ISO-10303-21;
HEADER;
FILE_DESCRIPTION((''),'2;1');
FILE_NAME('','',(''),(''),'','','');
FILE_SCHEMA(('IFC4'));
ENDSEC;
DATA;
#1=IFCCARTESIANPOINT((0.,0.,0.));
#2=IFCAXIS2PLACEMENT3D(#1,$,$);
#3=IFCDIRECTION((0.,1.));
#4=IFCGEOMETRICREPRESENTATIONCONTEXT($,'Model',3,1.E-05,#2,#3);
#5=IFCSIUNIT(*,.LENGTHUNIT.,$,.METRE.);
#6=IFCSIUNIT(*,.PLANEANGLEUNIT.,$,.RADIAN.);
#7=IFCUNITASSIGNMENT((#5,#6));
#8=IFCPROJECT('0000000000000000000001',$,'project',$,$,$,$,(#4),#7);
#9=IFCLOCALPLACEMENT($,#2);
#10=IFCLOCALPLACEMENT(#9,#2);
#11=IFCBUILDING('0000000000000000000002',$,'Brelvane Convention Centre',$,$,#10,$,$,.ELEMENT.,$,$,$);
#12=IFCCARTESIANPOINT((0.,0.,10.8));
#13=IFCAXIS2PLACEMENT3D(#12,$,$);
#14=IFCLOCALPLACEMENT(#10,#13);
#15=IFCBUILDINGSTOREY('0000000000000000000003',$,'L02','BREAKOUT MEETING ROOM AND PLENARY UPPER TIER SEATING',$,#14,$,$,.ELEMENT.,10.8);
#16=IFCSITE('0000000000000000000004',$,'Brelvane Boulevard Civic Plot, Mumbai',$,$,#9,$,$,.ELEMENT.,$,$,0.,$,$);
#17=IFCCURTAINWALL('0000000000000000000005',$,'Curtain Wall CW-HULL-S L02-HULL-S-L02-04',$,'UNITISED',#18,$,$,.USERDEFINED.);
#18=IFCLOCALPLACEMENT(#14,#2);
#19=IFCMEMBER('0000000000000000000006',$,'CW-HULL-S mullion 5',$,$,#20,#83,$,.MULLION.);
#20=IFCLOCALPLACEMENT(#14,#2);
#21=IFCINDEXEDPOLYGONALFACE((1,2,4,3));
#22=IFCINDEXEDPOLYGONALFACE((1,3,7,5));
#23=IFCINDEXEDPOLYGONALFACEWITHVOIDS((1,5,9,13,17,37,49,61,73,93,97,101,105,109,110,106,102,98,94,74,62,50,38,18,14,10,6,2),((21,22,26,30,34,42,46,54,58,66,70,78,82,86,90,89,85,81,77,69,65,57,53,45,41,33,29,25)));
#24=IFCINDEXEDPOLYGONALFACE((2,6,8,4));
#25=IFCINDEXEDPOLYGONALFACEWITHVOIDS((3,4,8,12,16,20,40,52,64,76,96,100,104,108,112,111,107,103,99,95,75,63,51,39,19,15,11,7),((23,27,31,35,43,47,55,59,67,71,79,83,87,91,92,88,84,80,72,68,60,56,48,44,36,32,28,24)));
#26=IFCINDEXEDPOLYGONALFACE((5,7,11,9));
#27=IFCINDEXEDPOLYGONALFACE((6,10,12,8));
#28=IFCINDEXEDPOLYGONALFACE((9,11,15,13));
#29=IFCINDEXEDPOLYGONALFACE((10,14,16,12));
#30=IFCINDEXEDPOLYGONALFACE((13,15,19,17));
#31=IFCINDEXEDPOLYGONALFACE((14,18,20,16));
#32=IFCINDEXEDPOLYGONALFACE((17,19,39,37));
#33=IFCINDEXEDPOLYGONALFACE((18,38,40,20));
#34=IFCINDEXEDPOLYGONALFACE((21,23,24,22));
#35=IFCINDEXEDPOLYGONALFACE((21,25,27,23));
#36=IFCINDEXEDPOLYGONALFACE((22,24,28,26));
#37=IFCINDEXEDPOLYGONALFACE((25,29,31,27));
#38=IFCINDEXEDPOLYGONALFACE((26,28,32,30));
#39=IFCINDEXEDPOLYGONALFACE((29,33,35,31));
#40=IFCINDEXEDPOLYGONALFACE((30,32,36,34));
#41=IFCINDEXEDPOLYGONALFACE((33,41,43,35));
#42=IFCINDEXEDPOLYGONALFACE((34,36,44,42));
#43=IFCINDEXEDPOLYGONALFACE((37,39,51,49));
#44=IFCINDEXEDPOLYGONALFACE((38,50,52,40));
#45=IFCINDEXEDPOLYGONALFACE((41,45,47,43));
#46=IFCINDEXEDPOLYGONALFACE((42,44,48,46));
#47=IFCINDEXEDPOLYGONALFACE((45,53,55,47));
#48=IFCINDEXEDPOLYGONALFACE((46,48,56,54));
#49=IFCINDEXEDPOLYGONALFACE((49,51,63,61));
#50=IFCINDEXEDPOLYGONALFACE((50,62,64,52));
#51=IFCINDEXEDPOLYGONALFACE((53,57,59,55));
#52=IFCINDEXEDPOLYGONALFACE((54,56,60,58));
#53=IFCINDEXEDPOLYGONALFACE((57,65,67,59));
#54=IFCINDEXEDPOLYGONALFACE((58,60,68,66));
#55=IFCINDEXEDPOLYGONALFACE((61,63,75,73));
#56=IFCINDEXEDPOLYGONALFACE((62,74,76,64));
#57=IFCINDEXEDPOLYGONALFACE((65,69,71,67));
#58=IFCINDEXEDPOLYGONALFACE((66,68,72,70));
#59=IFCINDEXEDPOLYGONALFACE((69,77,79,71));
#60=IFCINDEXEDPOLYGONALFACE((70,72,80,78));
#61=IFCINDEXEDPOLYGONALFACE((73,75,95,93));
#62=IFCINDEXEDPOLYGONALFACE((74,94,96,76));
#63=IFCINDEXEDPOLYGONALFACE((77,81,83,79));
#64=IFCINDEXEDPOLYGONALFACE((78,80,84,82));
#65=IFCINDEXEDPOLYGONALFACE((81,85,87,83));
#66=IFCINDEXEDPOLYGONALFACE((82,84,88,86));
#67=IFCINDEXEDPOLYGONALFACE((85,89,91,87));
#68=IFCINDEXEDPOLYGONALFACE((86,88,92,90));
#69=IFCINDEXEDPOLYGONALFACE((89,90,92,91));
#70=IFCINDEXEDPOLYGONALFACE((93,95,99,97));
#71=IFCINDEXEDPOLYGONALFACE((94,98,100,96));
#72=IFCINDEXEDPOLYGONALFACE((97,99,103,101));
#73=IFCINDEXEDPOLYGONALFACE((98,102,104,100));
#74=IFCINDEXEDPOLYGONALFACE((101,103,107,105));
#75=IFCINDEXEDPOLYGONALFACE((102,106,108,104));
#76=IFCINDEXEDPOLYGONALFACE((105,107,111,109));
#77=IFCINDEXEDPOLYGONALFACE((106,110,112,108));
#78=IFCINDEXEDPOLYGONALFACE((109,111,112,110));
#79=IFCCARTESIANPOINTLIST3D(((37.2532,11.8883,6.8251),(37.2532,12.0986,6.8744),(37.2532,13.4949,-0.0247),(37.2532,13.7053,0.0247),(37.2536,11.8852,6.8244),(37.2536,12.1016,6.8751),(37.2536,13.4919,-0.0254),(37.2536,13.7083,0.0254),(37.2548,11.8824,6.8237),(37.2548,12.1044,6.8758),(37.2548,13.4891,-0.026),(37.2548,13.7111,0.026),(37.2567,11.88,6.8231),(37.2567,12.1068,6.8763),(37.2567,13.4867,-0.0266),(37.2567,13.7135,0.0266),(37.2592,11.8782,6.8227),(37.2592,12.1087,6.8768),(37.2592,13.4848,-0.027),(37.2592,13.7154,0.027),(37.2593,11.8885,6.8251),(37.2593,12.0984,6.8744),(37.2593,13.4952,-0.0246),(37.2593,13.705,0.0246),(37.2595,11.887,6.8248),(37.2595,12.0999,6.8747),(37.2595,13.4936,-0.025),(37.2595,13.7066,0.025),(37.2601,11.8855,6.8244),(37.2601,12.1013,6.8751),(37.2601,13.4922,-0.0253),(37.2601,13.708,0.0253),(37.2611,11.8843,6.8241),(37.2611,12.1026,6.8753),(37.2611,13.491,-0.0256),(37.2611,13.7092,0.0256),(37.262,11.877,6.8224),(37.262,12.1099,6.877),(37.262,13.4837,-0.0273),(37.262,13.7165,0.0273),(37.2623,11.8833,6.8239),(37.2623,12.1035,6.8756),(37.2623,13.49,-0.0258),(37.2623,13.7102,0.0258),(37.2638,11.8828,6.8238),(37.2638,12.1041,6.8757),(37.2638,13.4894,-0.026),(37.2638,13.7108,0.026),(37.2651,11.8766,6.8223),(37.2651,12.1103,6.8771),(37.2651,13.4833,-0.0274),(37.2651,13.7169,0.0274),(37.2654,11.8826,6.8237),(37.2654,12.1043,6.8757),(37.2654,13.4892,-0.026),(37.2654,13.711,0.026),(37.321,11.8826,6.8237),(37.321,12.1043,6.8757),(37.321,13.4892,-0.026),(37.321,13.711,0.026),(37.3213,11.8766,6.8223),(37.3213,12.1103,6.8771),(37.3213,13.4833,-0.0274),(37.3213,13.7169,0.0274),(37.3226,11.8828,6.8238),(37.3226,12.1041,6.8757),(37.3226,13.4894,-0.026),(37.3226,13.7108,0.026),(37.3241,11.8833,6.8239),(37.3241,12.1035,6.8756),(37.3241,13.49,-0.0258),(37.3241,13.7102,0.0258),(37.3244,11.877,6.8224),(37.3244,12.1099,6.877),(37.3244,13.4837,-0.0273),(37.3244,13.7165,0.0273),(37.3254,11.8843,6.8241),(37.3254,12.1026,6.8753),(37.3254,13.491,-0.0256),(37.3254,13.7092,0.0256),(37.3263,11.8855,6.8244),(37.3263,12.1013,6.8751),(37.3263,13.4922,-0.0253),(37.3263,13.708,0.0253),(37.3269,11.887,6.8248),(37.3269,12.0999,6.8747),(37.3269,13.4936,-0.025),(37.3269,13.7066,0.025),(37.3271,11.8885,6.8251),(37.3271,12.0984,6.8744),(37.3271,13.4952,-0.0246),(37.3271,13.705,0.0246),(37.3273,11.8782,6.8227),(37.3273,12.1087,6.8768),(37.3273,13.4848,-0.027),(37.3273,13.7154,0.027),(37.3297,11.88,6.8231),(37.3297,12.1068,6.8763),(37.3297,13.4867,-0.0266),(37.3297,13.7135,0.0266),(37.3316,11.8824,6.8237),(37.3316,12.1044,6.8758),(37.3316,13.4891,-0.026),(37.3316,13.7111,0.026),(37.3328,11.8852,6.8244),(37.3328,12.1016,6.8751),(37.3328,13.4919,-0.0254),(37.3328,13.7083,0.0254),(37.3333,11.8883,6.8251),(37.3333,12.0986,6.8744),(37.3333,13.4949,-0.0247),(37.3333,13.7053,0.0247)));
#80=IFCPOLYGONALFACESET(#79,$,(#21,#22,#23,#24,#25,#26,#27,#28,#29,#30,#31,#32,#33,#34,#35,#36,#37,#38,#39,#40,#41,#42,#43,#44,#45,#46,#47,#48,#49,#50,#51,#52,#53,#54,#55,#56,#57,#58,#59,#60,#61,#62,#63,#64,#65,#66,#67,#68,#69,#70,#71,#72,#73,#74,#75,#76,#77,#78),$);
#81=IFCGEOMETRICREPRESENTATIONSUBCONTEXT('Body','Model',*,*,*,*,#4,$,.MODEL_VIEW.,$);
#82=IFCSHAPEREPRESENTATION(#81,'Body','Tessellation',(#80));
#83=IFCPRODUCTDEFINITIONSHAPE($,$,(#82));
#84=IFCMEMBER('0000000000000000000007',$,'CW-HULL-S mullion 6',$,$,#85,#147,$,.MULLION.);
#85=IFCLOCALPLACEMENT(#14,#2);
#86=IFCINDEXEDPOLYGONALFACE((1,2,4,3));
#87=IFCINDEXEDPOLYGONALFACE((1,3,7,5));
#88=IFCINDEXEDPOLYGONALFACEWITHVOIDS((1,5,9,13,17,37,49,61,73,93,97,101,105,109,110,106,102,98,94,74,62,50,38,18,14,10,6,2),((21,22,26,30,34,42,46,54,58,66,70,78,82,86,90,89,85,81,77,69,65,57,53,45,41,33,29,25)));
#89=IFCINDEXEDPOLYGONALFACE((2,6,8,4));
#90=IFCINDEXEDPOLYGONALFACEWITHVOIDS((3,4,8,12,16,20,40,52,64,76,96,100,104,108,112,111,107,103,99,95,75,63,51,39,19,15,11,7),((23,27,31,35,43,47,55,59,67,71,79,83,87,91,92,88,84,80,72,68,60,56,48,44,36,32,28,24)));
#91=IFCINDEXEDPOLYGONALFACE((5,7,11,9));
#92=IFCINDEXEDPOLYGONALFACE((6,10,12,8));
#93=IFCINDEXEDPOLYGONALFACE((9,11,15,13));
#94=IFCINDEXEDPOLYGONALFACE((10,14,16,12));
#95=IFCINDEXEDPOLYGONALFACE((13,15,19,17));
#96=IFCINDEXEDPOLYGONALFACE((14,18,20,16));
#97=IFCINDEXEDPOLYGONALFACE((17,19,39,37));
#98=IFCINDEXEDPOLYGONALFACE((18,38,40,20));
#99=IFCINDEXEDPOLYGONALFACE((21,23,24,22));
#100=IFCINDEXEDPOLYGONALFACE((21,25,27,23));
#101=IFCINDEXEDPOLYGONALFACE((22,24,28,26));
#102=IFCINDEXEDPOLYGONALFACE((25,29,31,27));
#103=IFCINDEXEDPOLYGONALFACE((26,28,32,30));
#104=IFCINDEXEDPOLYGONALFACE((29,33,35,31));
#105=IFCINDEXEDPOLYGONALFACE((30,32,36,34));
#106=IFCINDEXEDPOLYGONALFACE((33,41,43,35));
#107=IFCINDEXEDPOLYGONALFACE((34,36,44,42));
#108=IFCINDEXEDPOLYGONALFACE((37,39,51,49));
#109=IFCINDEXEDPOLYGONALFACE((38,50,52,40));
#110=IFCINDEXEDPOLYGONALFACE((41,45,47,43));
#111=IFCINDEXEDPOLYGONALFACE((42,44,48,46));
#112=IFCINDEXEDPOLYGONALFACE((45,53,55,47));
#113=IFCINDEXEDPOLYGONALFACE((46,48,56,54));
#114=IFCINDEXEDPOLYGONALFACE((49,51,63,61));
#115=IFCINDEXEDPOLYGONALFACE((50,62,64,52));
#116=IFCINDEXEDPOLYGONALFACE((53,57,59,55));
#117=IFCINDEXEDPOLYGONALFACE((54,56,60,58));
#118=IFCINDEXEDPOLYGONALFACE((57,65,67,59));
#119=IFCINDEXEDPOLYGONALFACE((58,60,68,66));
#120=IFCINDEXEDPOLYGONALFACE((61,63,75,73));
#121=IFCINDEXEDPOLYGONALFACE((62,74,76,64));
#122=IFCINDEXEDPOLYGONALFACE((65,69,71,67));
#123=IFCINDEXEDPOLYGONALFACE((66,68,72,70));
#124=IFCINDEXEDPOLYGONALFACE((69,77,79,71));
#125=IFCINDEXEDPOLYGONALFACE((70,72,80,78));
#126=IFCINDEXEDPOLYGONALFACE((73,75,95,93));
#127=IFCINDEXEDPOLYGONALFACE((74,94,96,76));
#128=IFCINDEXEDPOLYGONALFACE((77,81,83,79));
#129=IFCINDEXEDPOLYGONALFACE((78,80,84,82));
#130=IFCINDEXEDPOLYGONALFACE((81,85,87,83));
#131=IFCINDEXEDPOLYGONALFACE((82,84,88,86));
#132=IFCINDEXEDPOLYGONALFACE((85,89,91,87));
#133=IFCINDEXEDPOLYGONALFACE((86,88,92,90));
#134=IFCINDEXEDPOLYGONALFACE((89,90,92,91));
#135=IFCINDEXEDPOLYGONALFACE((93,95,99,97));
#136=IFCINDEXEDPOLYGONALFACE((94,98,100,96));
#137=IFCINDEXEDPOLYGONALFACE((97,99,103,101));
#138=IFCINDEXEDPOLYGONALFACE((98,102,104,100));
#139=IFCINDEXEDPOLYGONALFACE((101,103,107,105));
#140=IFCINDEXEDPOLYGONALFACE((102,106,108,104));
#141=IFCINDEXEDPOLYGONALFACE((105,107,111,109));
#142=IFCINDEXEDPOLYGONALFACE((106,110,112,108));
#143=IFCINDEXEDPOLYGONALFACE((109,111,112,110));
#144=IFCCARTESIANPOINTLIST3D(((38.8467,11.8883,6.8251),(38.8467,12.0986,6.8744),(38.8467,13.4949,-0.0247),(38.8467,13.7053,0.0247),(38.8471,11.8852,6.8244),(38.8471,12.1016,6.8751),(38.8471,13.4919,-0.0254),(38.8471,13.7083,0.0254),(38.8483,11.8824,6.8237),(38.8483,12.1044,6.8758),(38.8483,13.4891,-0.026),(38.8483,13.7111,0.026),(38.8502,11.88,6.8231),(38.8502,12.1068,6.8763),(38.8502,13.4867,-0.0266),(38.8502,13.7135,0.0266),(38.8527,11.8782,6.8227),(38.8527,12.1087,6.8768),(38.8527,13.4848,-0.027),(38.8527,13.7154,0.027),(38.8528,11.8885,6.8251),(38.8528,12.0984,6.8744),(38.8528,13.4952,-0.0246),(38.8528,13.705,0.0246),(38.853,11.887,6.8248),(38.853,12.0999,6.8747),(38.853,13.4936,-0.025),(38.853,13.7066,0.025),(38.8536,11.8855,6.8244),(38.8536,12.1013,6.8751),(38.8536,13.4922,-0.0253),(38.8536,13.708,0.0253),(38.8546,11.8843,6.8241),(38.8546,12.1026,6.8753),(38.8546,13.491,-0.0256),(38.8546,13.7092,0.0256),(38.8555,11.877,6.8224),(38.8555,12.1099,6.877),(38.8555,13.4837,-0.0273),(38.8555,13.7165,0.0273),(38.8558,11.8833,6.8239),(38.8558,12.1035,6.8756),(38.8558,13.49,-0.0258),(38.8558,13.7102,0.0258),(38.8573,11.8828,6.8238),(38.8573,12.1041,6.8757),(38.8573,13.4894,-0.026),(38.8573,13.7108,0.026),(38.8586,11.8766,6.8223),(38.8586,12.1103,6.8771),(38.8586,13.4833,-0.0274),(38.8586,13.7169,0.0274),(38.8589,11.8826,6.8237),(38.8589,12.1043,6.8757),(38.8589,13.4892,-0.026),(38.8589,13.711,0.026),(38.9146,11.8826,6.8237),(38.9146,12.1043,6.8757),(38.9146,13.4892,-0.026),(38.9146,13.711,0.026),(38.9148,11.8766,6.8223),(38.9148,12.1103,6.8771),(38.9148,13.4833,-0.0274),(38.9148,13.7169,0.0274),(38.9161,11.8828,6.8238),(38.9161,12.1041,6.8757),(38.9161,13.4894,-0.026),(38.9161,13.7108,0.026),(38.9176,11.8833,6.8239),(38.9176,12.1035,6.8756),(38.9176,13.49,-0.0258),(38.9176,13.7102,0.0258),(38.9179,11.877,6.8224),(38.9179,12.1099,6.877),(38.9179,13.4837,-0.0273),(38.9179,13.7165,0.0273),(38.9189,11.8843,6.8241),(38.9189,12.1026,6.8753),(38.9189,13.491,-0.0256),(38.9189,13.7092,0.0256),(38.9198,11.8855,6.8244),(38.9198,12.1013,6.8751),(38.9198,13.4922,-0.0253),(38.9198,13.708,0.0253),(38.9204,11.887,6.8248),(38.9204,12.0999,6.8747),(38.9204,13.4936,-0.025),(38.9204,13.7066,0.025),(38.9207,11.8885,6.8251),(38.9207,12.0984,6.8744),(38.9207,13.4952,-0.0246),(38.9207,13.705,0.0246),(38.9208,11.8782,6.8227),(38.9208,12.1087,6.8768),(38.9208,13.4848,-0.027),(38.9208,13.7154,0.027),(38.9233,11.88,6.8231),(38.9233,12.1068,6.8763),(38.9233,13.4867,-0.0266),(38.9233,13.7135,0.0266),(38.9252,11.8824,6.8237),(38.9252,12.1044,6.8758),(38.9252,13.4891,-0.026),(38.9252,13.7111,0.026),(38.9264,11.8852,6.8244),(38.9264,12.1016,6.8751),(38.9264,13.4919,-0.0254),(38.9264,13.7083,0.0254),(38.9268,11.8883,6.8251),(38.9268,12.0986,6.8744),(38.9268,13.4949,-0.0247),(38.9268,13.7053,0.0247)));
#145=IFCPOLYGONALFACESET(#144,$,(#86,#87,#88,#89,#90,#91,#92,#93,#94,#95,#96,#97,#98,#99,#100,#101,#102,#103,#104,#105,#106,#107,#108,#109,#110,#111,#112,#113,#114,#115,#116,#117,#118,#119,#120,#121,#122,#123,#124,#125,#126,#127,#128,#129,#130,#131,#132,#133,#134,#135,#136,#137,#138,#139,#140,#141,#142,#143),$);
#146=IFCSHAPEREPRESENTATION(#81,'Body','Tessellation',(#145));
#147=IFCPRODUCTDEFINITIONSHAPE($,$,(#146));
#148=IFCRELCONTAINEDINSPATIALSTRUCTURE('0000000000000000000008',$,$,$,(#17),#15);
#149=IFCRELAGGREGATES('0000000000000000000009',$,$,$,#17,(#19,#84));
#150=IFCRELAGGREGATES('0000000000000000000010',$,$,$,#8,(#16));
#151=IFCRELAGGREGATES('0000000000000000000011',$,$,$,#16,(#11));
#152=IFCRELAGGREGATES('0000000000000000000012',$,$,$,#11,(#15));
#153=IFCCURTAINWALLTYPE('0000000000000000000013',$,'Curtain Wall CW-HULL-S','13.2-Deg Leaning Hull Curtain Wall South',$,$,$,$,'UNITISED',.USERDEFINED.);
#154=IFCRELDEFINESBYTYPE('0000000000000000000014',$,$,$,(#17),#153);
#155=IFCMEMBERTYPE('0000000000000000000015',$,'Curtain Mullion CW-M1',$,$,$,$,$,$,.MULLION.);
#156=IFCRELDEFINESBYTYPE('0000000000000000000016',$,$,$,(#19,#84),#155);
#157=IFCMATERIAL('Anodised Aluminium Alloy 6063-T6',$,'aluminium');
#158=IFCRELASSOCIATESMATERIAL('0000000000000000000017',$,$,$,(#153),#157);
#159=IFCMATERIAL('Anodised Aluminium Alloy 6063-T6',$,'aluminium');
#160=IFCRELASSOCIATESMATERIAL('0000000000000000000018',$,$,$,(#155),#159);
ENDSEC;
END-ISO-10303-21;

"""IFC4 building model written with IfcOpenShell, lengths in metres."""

from ifc_helpers import new_model, si_unit, direction, frame, origin, origin_2d, place, context, subcontext, project, spatial, hollow_rectangle, extrude, material, material_profile, profile_set, type_object, element, aggregate, save


model = new_model("IFC4")

# Units and contexts
model_context = context("Model", 3, precision=1e-05, world=origin(), true_north=direction((0.0, 1.0)))
body_context = subcontext(model_context, "Body", "Model", "MODEL_VIEW")
ifc_project = project(units=[si_unit("LENGTHUNIT", "METRE"), si_unit("PLANEANGLEUNIT", "RADIAN")], contexts=[model_context])

# Site, building, storey
site_placement = place(None, origin())
site = spatial("IfcSite", under=ifc_project, at=site_placement, Name="Brelvane Boulevard Civic Plot, Mumbai", CompositionType="ELEMENT", RefElevation=0.0)
building_placement = place(site_placement, origin())
building = spatial("IfcBuilding", under=site, at=building_placement, Name="Brelvane Convention Centre", CompositionType="ELEMENT")
storey_placement = place(building_placement, frame((0.0, 0.0, 10.8)))
storey = spatial("IfcBuildingStorey", under=building, at=storey_placement, Name="L02", Description="BREAKOUT MEETING ROOM AND PLENARY UPPER TIER SEATING", CompositionType="ELEMENT", Elevation=10.8)

# Shared definitions
ifc_material_1 = material(Name="Anodised Aluminium Alloy 6063-T6", Category="aluminium")
curtain_wall_type = type_object("IfcCurtainWallType", Name="Curtain Wall CW-HULL-S", Description="13.2-Deg Leaning Hull Curtain Wall South", ElementType="UNITISED", PredefinedType="USERDEFINED", material=ifc_material_1)
ifc_material_2 = material(Name="Anodised Aluminium Alloy 6063-T6", Category="aluminium")
ifc_material_profile_1 = material_profile(ifc_material_2, hollow_rectangle(XDim=0.0801, YDim=0.24, WallThickness=0.0061, InnerFilletRadius=0.0061, OuterFilletRadius=0.012, at=origin_2d()), Name="ALU-M 240x80x6.0")
ifc_profile_set_1 = profile_set([ifc_material_profile_1], Name="Anodised Aluminium Alloy 6063-T6")
member_type_1 = type_object("IfcMemberType", Name="Curtain Mullion CW-M1", PredefinedType="MULLION", material=ifc_profile_set_1)

# Curtain wall, members
curtain_wall_1_placement = place(storey_placement, origin())
curtain_wall_1 = element("IfcCurtainWall", 1, at=curtain_wall_1_placement, inside=storey, type_object=curtain_wall_type, Name="Curtain Wall CW-HULL-S L02-HULL-S-L02-04", ObjectType="UNITISED", PredefinedType="USERDEFINED")
member_1_placement = place(storey_placement, frame((37.2932, 13.6001, 0.0), z_axis=(0.0, -0.22836, 0.973577), x_axis=(1.0, 0.0, 0.0)))
member_1 = element("IfcMember", 2, at=member_1_placement, type_object=member_type_1, Name="CW-HULL-S mullion 5", PredefinedType="MULLION", context=body_context, shape_type="SweptSolid", body=[
    extrude(hollow_rectangle(XDim=0.0801, YDim=0.24, WallThickness=0.0061, InnerFilletRadius=0.0061, OuterFilletRadius=0.012, at=origin_2d()), origin(), (0.0, 0.0, 1.0), 7.0356),
])
member_2_placement = place(storey_placement, frame((38.8867, 13.6001, 0.0), z_axis=(0.0, -0.22836, 0.973577), x_axis=(1.0, 0.0, 0.0)))
member_2 = element("IfcMember", 3, at=member_2_placement, type_object=member_type_1, Name="CW-HULL-S mullion 6", PredefinedType="MULLION", context=body_context, shape_type="SweptSolid", body=[
    extrude(hollow_rectangle(XDim=0.0801, YDim=0.24, WallThickness=0.0061, InnerFilletRadius=0.0061, OuterFilletRadius=0.012, at=origin_2d()), origin(), (0.0, 0.0, 1.0), 7.0356),
])

aggregate(curtain_wall_1, [member_1, member_2])

save(model, "model.ifc")
